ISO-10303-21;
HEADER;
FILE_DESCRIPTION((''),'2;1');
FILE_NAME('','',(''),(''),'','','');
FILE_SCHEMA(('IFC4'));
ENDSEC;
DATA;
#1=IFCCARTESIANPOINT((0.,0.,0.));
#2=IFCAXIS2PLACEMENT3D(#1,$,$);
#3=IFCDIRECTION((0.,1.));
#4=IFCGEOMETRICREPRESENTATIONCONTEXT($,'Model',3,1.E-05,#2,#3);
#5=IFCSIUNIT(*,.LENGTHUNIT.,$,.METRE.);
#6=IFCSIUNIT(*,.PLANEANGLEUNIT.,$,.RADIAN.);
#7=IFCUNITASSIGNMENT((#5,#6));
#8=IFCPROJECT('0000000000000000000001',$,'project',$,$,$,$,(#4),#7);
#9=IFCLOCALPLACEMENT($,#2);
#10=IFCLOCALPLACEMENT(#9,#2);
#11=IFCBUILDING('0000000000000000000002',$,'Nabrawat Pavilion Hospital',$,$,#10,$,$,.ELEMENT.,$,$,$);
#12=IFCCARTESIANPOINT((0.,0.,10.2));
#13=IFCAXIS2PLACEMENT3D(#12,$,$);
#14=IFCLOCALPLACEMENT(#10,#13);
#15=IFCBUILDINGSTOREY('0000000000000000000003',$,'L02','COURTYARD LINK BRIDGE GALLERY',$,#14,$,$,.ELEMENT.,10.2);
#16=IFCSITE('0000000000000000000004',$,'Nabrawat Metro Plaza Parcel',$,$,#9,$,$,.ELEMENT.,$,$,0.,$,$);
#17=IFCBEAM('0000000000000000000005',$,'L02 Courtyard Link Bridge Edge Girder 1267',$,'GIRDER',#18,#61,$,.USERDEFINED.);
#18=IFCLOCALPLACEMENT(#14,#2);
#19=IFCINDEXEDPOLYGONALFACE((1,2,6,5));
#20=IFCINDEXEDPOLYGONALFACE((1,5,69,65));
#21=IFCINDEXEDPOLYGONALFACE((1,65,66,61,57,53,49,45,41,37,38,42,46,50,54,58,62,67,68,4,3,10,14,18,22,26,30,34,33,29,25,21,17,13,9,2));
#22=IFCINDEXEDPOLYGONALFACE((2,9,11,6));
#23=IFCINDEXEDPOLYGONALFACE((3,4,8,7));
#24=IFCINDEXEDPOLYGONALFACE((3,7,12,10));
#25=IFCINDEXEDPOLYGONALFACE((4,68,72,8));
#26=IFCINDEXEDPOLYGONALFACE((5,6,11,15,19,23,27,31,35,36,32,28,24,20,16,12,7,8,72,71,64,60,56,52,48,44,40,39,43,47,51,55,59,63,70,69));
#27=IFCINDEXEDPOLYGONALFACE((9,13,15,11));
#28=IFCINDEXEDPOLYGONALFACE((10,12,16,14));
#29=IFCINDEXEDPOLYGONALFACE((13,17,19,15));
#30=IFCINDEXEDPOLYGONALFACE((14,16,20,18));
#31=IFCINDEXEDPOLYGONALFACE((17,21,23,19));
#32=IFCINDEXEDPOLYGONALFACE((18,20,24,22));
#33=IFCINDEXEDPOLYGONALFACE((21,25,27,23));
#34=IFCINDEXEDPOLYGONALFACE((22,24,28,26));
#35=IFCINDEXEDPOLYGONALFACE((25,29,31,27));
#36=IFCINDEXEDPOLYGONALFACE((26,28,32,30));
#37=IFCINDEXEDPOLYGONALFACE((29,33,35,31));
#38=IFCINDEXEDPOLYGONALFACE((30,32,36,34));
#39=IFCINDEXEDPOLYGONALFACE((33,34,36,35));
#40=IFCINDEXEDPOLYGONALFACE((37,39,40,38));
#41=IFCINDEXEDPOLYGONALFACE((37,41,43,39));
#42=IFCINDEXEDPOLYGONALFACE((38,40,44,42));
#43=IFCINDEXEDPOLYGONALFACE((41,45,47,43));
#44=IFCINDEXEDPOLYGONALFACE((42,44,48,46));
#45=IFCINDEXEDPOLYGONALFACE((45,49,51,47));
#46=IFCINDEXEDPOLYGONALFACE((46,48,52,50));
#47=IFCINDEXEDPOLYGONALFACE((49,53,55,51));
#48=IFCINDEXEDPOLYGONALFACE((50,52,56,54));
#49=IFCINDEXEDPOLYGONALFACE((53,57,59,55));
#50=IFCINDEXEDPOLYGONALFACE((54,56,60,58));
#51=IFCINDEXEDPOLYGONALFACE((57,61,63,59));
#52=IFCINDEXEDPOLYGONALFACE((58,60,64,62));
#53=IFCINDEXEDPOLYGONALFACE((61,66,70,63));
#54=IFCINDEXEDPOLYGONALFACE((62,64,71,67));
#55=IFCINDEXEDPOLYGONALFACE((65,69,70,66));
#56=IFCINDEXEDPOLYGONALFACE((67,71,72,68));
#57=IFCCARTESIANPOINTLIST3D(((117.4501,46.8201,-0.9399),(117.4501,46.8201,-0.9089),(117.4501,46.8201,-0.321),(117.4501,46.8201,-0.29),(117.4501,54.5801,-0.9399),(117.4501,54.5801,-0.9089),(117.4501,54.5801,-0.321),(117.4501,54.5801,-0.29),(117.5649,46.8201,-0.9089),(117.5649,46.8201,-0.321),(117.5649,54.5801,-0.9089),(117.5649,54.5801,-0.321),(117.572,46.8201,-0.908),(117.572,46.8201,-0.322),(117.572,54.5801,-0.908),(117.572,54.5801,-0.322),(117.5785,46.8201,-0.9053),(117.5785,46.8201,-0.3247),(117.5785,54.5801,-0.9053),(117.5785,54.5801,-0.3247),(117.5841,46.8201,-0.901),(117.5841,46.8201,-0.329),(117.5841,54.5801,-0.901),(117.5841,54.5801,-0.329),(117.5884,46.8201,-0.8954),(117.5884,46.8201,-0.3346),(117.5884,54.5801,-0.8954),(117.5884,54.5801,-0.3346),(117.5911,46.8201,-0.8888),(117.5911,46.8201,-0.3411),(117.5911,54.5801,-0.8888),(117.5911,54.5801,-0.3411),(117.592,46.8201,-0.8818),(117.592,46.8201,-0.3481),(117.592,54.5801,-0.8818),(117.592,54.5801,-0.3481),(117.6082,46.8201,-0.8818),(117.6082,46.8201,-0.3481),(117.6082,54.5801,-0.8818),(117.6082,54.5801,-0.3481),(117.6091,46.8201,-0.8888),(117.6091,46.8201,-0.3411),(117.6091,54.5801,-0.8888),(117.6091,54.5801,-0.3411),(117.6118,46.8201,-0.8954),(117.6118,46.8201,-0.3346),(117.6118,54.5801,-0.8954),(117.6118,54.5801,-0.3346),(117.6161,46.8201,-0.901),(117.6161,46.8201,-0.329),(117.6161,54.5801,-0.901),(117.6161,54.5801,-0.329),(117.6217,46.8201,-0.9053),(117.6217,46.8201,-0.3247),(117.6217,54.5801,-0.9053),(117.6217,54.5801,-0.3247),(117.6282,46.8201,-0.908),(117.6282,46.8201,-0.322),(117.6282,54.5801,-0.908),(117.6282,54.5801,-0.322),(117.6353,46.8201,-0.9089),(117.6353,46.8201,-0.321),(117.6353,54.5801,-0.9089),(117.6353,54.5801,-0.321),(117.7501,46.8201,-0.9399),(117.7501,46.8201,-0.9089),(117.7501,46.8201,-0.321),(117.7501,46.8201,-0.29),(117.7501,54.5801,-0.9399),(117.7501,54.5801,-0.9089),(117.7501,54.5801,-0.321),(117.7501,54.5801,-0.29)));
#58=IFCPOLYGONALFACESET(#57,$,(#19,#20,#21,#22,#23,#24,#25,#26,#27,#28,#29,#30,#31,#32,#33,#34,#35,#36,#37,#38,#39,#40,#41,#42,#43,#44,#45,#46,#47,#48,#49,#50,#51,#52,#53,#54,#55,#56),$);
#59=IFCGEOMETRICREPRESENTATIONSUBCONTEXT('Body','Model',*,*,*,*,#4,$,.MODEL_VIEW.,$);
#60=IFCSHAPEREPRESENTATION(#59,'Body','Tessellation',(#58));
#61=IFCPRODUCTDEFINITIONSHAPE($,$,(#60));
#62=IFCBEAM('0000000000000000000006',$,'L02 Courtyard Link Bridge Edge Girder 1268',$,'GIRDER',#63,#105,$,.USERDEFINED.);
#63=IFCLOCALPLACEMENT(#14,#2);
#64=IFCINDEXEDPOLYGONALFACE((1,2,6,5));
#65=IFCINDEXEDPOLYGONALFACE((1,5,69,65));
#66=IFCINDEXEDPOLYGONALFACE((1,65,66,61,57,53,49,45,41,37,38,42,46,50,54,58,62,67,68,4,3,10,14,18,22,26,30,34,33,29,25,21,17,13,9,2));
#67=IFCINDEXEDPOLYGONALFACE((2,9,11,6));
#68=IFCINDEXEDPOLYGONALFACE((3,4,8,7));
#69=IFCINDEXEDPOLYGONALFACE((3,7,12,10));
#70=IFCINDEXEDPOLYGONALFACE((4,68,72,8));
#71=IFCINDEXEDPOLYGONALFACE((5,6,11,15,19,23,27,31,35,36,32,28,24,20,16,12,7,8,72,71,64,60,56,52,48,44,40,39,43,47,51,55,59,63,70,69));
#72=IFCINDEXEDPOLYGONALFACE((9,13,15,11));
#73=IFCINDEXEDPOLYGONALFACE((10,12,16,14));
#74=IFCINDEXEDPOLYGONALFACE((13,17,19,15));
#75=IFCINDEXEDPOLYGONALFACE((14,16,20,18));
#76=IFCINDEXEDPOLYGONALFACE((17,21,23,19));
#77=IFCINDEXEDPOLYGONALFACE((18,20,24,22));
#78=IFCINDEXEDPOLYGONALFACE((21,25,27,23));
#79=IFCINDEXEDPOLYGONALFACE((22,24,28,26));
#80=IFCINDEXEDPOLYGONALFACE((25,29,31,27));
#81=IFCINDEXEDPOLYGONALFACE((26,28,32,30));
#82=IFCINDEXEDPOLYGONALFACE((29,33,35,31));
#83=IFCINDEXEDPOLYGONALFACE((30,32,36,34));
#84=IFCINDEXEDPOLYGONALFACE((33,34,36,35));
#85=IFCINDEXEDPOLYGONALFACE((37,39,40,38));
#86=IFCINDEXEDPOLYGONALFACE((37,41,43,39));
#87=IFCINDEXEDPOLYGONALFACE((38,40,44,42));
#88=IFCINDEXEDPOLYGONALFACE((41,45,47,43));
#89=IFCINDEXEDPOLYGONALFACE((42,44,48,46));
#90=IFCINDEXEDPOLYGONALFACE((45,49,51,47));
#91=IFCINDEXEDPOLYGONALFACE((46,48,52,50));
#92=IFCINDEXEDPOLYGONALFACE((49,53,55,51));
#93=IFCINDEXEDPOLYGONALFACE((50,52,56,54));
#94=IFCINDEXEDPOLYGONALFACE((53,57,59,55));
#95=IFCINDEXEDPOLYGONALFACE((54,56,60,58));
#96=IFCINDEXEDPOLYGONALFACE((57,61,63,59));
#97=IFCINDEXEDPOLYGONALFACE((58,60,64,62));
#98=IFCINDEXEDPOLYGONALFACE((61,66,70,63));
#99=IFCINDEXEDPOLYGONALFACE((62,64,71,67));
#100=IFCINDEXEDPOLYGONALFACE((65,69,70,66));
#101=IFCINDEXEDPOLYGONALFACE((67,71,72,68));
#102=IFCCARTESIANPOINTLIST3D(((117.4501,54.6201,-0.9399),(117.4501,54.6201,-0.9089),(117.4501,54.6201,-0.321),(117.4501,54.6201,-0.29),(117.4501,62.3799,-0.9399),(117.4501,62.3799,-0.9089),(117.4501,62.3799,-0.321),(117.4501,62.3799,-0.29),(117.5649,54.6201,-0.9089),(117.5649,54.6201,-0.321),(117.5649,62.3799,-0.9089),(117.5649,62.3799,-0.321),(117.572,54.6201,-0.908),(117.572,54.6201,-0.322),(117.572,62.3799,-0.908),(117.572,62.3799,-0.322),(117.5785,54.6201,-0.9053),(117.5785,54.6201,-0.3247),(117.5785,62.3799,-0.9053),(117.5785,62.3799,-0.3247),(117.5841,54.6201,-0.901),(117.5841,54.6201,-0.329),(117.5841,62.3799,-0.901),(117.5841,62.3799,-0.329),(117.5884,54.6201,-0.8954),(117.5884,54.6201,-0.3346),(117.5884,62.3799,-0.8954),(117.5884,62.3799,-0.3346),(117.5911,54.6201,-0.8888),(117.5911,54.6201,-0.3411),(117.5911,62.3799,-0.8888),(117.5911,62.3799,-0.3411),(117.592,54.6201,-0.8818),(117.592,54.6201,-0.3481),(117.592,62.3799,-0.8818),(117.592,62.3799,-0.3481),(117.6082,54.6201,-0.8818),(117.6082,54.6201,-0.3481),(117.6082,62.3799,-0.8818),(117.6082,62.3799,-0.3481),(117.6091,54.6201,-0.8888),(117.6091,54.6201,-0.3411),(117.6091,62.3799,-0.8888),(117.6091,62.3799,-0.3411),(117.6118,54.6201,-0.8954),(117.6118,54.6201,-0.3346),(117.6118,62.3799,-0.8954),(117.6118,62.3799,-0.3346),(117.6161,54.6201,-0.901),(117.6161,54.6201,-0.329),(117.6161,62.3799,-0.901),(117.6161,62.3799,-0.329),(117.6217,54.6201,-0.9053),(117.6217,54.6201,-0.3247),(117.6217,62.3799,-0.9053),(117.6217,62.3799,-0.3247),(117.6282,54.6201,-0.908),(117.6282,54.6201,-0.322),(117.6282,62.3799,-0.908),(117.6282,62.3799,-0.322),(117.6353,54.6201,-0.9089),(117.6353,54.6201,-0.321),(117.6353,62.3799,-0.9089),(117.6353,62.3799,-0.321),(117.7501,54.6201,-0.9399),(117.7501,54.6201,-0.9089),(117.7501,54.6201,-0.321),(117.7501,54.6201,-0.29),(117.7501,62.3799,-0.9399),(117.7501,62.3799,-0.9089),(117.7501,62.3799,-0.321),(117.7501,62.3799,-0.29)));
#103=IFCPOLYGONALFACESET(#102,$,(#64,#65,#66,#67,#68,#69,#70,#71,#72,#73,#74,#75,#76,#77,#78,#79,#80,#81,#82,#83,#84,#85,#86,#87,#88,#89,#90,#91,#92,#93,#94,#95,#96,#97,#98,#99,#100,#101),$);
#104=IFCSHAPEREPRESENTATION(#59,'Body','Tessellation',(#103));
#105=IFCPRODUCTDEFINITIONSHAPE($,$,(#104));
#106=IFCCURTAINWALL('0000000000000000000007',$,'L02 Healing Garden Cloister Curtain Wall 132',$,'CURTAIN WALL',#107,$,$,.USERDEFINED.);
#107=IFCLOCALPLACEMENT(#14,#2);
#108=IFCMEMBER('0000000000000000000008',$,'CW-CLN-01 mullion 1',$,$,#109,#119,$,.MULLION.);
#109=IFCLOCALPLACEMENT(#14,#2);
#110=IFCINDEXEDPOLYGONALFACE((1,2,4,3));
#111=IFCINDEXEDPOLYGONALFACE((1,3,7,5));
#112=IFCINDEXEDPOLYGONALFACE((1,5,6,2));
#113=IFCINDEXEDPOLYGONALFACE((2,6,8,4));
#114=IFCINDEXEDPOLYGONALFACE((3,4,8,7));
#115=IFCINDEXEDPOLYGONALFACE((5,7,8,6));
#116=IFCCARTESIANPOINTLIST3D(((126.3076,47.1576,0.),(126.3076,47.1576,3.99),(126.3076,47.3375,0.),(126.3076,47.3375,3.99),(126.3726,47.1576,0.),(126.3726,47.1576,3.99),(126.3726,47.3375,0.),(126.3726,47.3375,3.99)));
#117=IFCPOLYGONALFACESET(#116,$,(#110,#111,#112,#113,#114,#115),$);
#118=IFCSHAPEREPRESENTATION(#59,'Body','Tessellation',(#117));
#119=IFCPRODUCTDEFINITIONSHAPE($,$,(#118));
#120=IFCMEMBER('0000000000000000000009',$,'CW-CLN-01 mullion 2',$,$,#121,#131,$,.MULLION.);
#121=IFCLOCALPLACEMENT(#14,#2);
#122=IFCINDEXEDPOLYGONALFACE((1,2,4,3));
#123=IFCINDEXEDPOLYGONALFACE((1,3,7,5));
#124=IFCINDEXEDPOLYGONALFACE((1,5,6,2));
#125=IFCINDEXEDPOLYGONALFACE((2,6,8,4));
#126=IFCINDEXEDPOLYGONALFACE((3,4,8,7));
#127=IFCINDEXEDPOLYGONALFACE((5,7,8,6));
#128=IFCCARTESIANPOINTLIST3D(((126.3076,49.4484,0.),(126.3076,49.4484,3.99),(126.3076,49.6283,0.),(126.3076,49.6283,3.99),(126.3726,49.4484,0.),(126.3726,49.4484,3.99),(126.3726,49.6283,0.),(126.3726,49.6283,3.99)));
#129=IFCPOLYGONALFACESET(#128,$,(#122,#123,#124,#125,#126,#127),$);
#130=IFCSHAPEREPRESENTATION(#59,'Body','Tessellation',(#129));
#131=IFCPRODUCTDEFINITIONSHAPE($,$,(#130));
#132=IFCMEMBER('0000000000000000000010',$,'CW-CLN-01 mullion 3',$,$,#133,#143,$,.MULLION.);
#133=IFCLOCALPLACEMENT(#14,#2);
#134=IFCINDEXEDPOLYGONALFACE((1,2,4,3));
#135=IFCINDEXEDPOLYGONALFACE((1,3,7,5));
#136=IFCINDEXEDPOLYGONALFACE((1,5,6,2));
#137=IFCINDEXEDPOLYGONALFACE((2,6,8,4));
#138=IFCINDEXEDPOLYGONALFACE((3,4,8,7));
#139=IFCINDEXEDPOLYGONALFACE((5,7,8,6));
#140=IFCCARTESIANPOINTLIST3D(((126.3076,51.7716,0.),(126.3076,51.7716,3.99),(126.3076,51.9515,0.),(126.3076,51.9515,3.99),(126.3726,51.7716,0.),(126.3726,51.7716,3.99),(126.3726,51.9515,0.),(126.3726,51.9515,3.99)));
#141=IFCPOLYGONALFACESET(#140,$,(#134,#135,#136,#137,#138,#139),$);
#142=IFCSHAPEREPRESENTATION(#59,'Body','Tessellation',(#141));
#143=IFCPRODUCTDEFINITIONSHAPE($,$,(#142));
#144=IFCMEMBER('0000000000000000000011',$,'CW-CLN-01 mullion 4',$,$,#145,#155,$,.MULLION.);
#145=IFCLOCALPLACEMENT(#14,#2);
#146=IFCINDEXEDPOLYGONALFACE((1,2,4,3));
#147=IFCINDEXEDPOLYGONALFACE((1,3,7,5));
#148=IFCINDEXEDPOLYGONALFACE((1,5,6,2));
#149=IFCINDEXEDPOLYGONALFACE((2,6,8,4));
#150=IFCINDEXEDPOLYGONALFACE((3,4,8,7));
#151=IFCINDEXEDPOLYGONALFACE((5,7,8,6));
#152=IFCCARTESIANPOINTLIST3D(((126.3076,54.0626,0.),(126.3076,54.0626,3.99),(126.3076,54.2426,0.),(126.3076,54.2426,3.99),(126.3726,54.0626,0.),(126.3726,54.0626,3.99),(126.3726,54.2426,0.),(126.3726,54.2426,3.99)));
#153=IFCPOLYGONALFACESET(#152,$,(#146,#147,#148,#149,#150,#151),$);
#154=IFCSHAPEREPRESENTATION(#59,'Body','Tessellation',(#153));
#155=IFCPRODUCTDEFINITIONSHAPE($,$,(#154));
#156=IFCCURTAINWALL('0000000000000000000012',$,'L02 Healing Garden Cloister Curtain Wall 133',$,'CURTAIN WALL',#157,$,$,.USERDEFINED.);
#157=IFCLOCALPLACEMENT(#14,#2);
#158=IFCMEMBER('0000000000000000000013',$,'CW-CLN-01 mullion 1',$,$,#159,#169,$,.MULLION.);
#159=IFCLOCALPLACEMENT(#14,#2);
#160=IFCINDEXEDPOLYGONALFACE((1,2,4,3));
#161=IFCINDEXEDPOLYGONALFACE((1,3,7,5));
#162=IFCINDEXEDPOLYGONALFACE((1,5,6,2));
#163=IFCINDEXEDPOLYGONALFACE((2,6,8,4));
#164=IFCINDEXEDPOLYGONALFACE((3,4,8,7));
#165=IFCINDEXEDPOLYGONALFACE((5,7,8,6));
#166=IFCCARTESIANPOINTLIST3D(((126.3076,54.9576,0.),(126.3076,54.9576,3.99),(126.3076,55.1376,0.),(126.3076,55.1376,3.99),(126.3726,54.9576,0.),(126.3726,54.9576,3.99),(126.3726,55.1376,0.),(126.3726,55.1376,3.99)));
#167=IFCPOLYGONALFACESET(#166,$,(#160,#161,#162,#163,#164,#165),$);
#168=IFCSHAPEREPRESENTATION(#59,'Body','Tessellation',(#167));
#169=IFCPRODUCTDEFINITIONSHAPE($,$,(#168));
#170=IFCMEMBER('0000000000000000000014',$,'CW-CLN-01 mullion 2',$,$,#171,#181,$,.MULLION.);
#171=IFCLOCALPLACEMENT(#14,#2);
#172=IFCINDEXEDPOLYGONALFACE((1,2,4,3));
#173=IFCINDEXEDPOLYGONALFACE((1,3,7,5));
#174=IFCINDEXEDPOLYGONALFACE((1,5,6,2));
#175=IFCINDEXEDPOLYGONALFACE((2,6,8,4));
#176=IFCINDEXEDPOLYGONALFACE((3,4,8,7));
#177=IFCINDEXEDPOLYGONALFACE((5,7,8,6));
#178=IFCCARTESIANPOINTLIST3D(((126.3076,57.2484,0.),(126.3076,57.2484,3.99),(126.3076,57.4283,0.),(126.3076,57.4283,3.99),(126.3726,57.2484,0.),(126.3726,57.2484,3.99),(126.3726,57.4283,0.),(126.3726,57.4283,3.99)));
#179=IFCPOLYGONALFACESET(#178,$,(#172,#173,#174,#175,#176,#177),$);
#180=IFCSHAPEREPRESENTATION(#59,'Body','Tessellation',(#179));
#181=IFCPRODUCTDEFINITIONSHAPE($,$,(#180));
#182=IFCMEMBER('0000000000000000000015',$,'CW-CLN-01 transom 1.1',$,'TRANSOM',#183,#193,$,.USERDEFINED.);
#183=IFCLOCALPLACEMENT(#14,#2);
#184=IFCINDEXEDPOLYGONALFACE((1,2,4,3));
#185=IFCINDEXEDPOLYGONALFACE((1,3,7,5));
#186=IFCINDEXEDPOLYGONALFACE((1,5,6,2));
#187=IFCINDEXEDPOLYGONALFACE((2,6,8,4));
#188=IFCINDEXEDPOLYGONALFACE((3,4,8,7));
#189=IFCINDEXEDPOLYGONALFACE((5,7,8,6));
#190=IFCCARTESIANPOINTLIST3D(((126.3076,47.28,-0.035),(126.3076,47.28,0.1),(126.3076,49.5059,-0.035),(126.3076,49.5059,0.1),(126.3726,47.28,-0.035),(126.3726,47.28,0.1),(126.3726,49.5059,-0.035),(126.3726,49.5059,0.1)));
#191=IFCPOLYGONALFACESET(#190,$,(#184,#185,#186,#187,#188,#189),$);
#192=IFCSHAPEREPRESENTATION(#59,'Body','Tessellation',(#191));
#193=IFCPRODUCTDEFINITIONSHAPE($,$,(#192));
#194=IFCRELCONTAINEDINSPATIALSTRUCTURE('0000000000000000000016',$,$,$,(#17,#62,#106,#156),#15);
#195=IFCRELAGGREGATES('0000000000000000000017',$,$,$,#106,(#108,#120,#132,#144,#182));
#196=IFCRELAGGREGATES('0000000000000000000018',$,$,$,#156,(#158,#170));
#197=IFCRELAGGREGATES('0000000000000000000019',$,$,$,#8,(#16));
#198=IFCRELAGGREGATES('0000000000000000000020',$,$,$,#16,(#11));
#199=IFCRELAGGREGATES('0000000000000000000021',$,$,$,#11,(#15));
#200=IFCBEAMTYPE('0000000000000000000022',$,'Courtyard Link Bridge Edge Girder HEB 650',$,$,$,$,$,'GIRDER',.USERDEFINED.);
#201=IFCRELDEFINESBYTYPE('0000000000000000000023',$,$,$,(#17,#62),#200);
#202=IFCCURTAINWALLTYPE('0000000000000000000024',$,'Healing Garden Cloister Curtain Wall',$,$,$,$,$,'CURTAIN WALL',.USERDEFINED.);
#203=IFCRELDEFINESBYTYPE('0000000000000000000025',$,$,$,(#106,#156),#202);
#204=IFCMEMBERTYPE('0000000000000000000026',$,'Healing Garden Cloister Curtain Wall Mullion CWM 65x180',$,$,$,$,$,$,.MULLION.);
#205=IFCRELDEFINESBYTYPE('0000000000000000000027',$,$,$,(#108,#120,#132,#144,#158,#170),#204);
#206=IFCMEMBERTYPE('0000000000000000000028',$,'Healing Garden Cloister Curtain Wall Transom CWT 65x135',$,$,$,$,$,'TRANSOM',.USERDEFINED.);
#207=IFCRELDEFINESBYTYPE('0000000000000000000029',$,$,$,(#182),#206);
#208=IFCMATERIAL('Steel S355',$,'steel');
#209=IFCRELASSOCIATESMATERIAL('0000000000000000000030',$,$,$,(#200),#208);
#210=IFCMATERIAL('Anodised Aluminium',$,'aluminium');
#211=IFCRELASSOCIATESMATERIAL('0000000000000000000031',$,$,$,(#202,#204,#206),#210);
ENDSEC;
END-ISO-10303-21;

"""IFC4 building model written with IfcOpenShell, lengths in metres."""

from ifc_helpers import new_model, si_unit, direction, frame, origin, origin_2d, place, context, subcontext, project, spatial, rectangle, i_section, extrude, material, material_profile, profile_set, type_object, element, aggregate, save


model = new_model("IFC4")

# Units and contexts
model_context = context("Model", 3, precision=1e-05, world=origin(), true_north=direction((0.0, 1.0)))
body_context = subcontext(model_context, "Body", "Model", "MODEL_VIEW")
ifc_project = project(units=[si_unit("LENGTHUNIT", "METRE"), si_unit("PLANEANGLEUNIT", "RADIAN")], contexts=[model_context])

# Site, building, storey
site_placement = place(None, origin())
site = spatial("IfcSite", under=ifc_project, at=site_placement, Name="Nabrawat Metro Plaza Parcel", CompositionType="ELEMENT", RefElevation=0.0)
building_placement = place(site_placement, origin())
building = spatial("IfcBuilding", under=site, at=building_placement, Name="Nabrawat Pavilion Hospital", CompositionType="ELEMENT")
storey_placement = place(building_placement, frame((0.0, 0.0, 10.2)))
storey = spatial("IfcBuildingStorey", under=building, at=storey_placement, Name="L02", Description="COURTYARD LINK BRIDGE GALLERY", CompositionType="ELEMENT", Elevation=10.2)

# Shared definitions
ifc_material_1 = material(Name="Steel S355", Category="steel")

# Beams
ifc_material_profile_1 = material_profile(ifc_material_1, i_section(OverallWidth=0.3, OverallDepth=0.6499, WebThickness=0.0161, FlangeThickness=0.031, FilletRadius=0.0271, at=origin_2d()), Name="HEB 650")
ifc_profile_set_1 = profile_set([ifc_material_profile_1], Name="Steel S355")
beam_type_1 = type_object("IfcBeamType", Name="Courtyard Link Bridge Edge Girder HEB 650", ElementType="GIRDER", PredefinedType="USERDEFINED", material=ifc_profile_set_1)
beam_1_placement = place(storey_placement, frame((117.6001, 46.8201, -0.615), z_axis=(0.0, 1.0, 0.0), x_axis=(-1.0, 0.0, 0.0)))
element("IfcBeam", 1, at=beam_1_placement, inside=storey, type_object=beam_type_1, Name="L02 Courtyard Link Bridge Edge Girder 1267", ObjectType="GIRDER", PredefinedType="USERDEFINED", context=body_context, shape_type="SweptSolid", body=[
    extrude(i_section(OverallWidth=0.3, OverallDepth=0.6499, WebThickness=0.0161, FlangeThickness=0.031, FilletRadius=0.0271, at=origin_2d()), origin(), (0.0, 0.0, 1.0), 7.76),
])
beam_2_placement = place(storey_placement, frame((117.6001, 54.6201, -0.615), z_axis=(0.0, 1.0, 0.0), x_axis=(-1.0, 0.0, 0.0)))
element("IfcBeam", 2, at=beam_2_placement, inside=storey, type_object=beam_type_1, Name="L02 Courtyard Link Bridge Edge Girder 1268", ObjectType="GIRDER", PredefinedType="USERDEFINED", context=body_context, shape_type="SweptSolid", body=[
    extrude(i_section(OverallWidth=0.3, OverallDepth=0.6499, WebThickness=0.0161, FlangeThickness=0.031, FilletRadius=0.0271, at=origin_2d()), origin(), (0.0, 0.0, 1.0), 7.7598),
])

# Curtain walls, members
ifc_material_2 = material(Name="Anodised Aluminium", Category="aluminium")
curtain_wall_type = type_object("IfcCurtainWallType", Name="Healing Garden Cloister Curtain Wall", ElementType="CURTAIN WALL", PredefinedType="USERDEFINED", material=ifc_material_2)
curtain_wall_1_placement = place(storey_placement, origin())
curtain_wall_1 = element("IfcCurtainWall", 3, at=curtain_wall_1_placement, inside=storey, type_object=curtain_wall_type, Name="L02 Healing Garden Cloister Curtain Wall 132", ObjectType="CURTAIN WALL", PredefinedType="USERDEFINED")
ifc_material_profile_2 = material_profile(ifc_material_2, rectangle(XDim=0.0649, YDim=0.1799, at=origin_2d()), Name="CWM 65x180")
ifc_profile_set_2 = profile_set([ifc_material_profile_2], Name="Anodised Aluminium")
member_type_1 = type_object("IfcMemberType", Name="Healing Garden Cloister Curtain Wall Mullion CWM 65x180", PredefinedType="MULLION", material=ifc_profile_set_2)
member_1_placement = place(storey_placement, frame((126.3401, 47.2476, 0.0), z_axis=(0.0, 0.0, 1.0), x_axis=(-1.0, 0.0, 0.0)))
member_1 = element("IfcMember", 4, at=member_1_placement, type_object=member_type_1, Name="CW-CLN-01 mullion 1", PredefinedType="MULLION", context=body_context, shape_type="SweptSolid", body=[
    extrude(rectangle(XDim=0.0649, YDim=0.1799, at=origin_2d()), origin(), (0.0, 0.0, 1.0), 3.99),
])
member_2_placement = place(storey_placement, frame((126.3401, 49.5383, 0.0), z_axis=(0.0, 0.0, 1.0), x_axis=(-1.0, 0.0, 0.0)))
member_2 = element("IfcMember", 5, at=member_2_placement, type_object=member_type_1, Name="CW-CLN-01 mullion 2", PredefinedType="MULLION", context=body_context, shape_type="SweptSolid", body=[
    extrude(rectangle(XDim=0.0649, YDim=0.1799, at=origin_2d()), origin(), (0.0, 0.0, 1.0), 3.99),
])
member_3_placement = place(storey_placement, frame((126.3401, 51.8616, 0.0), z_axis=(0.0, 0.0, 1.0), x_axis=(-1.0, 0.0, 0.0)))
member_3 = element("IfcMember", 6, at=member_3_placement, type_object=member_type_1, Name="CW-CLN-01 mullion 3", PredefinedType="MULLION", context=body_context, shape_type="SweptSolid", body=[
    extrude(rectangle(XDim=0.0649, YDim=0.1799, at=origin_2d()), origin(), (0.0, 0.0, 1.0), 3.99),
])
member_4_placement = place(storey_placement, frame((126.3401, 54.1526, 0.0), z_axis=(0.0, 0.0, 1.0), x_axis=(-1.0, 0.0, 0.0)))
member_4 = element("IfcMember", 7, at=member_4_placement, type_object=member_type_1, Name="CW-CLN-01 mullion 4", PredefinedType="MULLION", context=body_context, shape_type="SweptSolid", body=[
    extrude(rectangle(XDim=0.0649, YDim=0.1799, at=origin_2d()), origin(), (0.0, 0.0, 1.0), 3.99),
])
curtain_wall_2_placement = place(storey_placement, origin())
curtain_wall_2 = element("IfcCurtainWall", 8, at=curtain_wall_2_placement, inside=storey, type_object=curtain_wall_type, Name="L02 Healing Garden Cloister Curtain Wall 133", ObjectType="CURTAIN WALL", PredefinedType="USERDEFINED")
member_5_placement = place(storey_placement, frame((126.3401, 55.0476, 0.0), z_axis=(0.0, 0.0, 1.0), x_axis=(-1.0, 0.0, 0.0)))
member_5 = element("IfcMember", 9, at=member_5_placement, type_object=member_type_1, Name="CW-CLN-01 mullion 1", PredefinedType="MULLION", context=body_context, shape_type="SweptSolid", body=[
    extrude(rectangle(XDim=0.0649, YDim=0.1799, at=origin_2d()), origin(), (0.0, 0.0, 1.0), 3.99),
])
member_6_placement = place(storey_placement, frame((126.3401, 57.3384, 0.0), z_axis=(0.0, 0.0, 1.0), x_axis=(-1.0, 0.0, 0.0)))
member_6 = element("IfcMember", 10, at=member_6_placement, type_object=member_type_1, Name="CW-CLN-01 mullion 2", PredefinedType="MULLION", context=body_context, shape_type="SweptSolid", body=[
    extrude(rectangle(XDim=0.0649, YDim=0.1799, at=origin_2d()), origin(), (0.0, 0.0, 1.0), 3.99),
])

# Member
ifc_material_profile_3 = material_profile(ifc_material_2, rectangle(XDim=0.0649, YDim=0.135, at=origin_2d()), Name="CWT 65x135")
ifc_profile_set_3 = profile_set([ifc_material_profile_3], Name="Anodised Aluminium")
member_type_2 = type_object("IfcMemberType", Name="Healing Garden Cloister Curtain Wall Transom CWT 65x135", ElementType="TRANSOM", PredefinedType="USERDEFINED", material=ifc_profile_set_3)
member_7_placement = place(storey_placement, frame((126.3401, 47.28, 0.0325), z_axis=(0.0, 1.0, 0.0), x_axis=(-1.0, 0.0, 0.0)))
member_7 = element("IfcMember", 11, at=member_7_placement, type_object=member_type_2, Name="CW-CLN-01 transom 1.1", ObjectType="TRANSOM", PredefinedType="USERDEFINED", context=body_context, shape_type="SweptSolid", body=[
    extrude(rectangle(XDim=0.0649, YDim=0.135, at=origin_2d()), origin(), (0.0, 0.0, 1.0), 2.2258),
])

aggregate(curtain_wall_1, [member_1, member_2, member_3, member_4, member_7])
aggregate(curtain_wall_2, [member_5, member_6])

save(model, "model.ifc")
